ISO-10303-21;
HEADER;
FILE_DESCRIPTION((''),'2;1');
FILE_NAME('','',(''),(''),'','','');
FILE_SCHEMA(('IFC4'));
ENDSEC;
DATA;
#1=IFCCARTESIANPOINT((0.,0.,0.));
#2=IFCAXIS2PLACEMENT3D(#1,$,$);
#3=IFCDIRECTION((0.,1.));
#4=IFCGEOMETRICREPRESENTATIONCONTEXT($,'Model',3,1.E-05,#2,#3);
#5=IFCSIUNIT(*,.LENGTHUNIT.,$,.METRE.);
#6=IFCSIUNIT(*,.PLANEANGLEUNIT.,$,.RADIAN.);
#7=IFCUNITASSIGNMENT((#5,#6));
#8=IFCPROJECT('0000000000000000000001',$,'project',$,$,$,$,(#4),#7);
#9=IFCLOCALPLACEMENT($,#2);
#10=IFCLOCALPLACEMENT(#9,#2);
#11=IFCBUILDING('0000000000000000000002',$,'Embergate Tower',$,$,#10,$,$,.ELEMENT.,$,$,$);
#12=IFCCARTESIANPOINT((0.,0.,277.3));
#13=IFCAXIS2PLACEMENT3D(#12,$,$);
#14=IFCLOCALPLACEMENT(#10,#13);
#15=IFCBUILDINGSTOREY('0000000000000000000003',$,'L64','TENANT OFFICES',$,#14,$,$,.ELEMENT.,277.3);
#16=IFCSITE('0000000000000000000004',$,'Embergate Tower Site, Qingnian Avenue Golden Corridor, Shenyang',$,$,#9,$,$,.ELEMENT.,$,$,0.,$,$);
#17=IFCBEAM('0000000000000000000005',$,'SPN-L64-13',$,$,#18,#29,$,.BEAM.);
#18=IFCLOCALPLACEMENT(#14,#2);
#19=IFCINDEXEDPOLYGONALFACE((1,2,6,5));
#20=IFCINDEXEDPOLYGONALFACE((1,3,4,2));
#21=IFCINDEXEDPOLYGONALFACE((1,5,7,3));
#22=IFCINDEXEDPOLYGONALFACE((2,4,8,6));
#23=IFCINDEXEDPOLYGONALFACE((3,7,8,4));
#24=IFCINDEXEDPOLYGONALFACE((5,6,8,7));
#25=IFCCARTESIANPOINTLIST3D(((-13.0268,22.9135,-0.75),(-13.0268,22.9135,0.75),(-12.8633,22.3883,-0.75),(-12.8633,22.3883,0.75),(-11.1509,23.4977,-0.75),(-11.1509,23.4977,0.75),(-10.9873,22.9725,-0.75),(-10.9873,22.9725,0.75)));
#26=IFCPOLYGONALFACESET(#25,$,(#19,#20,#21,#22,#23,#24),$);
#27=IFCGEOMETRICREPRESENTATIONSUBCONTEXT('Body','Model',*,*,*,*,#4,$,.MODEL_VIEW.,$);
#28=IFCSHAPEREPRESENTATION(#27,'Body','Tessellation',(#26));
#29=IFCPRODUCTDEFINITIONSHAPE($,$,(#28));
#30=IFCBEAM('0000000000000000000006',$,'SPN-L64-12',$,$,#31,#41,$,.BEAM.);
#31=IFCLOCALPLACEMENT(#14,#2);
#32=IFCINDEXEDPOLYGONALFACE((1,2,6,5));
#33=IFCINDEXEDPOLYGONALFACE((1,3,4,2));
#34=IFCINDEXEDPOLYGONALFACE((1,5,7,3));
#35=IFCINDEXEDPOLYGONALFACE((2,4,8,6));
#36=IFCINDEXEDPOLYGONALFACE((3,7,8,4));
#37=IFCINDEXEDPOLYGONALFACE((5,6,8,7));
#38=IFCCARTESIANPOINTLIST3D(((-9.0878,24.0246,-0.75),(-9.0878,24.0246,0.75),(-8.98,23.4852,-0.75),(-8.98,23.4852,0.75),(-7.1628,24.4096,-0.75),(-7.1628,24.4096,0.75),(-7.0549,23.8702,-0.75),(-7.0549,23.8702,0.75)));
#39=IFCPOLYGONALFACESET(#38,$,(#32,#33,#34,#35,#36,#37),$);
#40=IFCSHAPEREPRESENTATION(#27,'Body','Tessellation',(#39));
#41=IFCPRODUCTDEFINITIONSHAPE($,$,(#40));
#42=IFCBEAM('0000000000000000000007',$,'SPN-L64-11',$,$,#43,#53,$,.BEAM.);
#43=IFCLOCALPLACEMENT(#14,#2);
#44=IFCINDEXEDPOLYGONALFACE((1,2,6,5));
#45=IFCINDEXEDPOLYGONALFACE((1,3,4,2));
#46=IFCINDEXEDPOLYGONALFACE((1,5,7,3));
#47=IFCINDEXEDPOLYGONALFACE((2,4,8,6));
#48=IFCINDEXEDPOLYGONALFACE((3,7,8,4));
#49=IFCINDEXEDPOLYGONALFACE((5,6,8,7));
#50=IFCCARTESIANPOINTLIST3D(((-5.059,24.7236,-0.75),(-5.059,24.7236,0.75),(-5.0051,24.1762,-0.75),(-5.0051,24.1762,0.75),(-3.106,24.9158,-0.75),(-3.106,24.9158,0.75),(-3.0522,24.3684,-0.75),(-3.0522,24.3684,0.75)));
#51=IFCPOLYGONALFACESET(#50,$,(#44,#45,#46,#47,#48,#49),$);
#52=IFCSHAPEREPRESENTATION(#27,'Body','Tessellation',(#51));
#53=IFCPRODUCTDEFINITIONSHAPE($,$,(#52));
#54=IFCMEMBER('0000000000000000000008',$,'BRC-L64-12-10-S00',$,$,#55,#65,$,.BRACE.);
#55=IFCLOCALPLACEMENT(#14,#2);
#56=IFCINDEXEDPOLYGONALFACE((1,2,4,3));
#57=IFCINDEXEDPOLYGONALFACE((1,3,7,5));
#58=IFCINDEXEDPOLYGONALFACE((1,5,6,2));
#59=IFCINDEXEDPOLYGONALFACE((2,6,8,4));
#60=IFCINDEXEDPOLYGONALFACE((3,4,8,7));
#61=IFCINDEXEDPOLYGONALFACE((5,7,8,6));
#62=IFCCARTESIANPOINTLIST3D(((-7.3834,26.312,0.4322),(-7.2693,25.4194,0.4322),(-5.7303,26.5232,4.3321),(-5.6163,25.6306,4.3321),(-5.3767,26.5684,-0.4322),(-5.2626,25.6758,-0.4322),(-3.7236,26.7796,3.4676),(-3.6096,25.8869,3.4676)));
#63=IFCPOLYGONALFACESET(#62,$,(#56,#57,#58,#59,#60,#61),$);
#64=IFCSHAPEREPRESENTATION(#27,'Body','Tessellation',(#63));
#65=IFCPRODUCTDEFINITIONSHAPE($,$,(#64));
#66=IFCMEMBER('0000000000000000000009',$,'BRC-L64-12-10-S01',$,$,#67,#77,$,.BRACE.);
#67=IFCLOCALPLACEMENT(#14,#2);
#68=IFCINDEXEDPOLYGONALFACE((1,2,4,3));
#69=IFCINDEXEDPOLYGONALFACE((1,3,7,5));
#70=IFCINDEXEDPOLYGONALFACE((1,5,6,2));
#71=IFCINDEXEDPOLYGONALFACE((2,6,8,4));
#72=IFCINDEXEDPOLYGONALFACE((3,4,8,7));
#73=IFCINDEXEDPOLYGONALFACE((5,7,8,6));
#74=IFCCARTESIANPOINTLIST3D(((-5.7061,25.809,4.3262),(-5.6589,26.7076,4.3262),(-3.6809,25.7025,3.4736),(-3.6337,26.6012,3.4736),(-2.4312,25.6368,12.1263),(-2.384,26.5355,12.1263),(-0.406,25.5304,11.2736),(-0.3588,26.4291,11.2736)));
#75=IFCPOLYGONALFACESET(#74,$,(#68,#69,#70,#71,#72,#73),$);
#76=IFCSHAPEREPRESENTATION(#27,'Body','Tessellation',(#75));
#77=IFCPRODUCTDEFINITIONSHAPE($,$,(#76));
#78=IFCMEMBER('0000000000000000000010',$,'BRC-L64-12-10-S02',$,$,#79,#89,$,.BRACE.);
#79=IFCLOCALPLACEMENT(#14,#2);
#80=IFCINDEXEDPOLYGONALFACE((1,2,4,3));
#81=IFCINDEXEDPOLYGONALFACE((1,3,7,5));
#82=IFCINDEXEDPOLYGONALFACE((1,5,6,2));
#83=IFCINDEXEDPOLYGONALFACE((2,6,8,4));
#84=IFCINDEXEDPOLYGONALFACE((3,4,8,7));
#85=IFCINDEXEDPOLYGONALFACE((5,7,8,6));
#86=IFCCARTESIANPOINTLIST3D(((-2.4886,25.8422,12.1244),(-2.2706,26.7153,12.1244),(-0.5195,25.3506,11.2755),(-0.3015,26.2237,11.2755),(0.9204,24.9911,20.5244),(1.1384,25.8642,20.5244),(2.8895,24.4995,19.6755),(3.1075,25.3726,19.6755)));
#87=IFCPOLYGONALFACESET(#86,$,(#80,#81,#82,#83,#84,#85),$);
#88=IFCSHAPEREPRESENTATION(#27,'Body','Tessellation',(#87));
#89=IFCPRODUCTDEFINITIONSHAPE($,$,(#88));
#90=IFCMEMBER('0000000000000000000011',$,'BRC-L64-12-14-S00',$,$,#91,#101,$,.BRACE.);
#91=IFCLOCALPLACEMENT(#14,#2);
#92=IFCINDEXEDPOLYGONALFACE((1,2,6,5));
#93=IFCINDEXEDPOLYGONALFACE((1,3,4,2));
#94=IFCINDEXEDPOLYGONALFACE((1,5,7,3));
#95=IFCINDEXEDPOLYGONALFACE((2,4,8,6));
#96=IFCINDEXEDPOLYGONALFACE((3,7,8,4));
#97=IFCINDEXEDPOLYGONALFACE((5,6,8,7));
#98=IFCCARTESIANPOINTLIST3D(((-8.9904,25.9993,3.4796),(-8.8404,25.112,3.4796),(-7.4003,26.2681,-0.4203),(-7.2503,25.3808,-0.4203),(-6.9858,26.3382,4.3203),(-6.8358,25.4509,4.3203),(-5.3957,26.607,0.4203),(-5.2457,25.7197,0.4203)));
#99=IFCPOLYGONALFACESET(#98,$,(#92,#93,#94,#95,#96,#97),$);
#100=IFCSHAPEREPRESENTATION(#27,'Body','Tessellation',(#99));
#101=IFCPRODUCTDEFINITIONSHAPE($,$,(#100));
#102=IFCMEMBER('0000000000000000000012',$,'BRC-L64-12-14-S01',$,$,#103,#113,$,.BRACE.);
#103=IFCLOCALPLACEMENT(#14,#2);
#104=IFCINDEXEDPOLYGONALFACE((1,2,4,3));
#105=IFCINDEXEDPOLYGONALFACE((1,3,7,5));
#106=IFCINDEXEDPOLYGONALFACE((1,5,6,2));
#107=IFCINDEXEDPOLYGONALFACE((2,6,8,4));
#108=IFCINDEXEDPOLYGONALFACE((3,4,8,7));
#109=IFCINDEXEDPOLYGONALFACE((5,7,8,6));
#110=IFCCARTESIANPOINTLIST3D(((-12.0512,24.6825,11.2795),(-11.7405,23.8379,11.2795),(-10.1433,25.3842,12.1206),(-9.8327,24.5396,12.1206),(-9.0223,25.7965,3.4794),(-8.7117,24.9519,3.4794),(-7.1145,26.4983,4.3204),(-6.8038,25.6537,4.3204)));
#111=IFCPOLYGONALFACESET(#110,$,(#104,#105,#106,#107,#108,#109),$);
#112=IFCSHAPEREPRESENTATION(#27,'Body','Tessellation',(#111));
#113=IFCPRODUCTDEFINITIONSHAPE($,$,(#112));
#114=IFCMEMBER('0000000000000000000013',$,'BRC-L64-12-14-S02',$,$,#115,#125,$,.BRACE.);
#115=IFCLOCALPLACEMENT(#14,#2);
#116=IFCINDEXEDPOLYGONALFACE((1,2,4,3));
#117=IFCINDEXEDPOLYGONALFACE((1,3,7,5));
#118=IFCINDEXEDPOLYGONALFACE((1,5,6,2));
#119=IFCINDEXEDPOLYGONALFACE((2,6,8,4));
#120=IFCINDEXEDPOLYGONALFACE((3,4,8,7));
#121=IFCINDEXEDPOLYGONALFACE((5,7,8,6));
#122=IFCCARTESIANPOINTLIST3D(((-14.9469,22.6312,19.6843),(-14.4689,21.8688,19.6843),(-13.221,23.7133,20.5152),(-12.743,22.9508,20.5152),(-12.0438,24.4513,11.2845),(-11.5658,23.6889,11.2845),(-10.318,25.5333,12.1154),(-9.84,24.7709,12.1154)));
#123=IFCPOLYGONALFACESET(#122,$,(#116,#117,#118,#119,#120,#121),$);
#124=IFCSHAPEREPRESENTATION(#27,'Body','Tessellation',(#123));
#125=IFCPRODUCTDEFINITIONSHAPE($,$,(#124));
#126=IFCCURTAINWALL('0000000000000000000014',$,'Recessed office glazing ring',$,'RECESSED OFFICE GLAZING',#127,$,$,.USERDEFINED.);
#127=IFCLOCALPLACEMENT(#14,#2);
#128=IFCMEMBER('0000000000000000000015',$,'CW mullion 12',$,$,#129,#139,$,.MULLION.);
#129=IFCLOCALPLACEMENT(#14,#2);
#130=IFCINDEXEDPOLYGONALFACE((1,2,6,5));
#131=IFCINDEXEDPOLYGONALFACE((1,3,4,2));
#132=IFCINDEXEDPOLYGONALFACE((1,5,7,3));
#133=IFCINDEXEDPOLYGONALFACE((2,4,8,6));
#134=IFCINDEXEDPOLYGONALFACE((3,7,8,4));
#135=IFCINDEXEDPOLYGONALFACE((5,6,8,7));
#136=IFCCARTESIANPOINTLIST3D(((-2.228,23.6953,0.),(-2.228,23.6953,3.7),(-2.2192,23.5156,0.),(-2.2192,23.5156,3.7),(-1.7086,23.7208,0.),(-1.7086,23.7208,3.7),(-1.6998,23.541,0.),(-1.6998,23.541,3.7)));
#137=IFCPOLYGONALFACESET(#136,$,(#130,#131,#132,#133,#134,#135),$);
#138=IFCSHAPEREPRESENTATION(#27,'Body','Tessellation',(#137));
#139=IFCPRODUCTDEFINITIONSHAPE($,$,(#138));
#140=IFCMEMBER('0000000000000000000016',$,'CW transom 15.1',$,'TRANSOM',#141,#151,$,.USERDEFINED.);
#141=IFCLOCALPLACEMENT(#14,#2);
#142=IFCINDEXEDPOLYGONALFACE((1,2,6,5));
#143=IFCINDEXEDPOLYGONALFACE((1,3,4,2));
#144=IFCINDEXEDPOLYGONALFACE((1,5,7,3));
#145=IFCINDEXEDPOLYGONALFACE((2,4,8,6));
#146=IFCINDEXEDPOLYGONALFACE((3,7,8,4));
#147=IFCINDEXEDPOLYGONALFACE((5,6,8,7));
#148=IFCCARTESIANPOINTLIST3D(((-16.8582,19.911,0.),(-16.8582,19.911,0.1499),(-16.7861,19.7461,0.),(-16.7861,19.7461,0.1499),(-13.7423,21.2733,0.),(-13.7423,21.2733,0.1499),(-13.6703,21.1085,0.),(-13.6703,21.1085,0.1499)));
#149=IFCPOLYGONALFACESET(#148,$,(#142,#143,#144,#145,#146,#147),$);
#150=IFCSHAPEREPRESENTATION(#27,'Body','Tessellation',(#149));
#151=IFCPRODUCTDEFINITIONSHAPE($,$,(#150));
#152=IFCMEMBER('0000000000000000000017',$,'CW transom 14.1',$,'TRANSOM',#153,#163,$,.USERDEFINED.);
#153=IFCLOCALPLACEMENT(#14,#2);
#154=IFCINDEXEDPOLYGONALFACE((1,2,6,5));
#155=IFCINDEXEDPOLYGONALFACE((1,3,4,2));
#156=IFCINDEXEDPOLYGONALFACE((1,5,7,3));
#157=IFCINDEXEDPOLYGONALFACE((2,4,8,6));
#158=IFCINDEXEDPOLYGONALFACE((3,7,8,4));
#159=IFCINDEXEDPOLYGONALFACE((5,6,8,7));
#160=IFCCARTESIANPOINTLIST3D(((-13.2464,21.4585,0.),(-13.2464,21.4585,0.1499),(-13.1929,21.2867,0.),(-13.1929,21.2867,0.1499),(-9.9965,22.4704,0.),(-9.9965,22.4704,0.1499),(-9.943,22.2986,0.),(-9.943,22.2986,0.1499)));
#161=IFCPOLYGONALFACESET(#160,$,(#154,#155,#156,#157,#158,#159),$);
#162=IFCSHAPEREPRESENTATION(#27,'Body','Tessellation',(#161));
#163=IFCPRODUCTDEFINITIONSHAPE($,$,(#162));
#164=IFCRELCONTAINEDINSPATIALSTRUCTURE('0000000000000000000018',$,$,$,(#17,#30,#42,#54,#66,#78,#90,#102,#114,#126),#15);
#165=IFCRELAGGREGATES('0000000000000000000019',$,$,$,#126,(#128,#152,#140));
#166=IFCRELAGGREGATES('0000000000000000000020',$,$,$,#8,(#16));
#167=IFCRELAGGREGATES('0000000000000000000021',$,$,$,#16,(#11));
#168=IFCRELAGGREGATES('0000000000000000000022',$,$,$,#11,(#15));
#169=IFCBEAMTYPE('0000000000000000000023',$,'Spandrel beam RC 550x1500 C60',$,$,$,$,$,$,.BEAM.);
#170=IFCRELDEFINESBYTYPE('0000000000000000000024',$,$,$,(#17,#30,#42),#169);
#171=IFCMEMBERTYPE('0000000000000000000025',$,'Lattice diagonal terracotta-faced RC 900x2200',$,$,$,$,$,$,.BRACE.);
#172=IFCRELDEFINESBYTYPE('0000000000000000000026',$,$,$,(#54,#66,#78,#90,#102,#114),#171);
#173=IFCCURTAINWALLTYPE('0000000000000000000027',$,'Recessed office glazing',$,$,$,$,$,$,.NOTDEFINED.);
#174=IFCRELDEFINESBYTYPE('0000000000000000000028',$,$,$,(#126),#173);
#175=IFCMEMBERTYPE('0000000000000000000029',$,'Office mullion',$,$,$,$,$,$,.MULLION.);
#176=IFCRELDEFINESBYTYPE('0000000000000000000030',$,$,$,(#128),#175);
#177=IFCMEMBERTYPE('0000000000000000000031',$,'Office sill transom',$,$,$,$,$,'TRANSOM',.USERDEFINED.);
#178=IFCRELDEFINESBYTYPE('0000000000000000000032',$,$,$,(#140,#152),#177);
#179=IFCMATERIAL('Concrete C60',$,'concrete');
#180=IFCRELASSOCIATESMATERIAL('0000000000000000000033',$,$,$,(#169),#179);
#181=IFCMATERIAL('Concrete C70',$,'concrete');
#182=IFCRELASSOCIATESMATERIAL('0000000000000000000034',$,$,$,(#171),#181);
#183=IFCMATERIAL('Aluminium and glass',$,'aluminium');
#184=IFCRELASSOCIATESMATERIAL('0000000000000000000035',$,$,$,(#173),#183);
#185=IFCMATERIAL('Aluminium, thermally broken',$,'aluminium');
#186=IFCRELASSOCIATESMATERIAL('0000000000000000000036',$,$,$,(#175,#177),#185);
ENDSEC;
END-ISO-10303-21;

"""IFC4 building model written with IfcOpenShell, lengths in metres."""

from ifc_helpers import new_model, si_unit, direction, frame, origin, origin_2d, place, context, subcontext, project, spatial, rectangle, extrude, source, transform, mapped, material, material_profile, profile_set, type_object, element, aggregate, save


model = new_model("IFC4")

# Units and contexts
model_context = context("Model", 3, precision=1e-05, world=origin(), true_north=direction((0.0, 1.0)))
body_context = subcontext(model_context, "Body", "Model", "MODEL_VIEW")
ifc_project = project(units=[si_unit("LENGTHUNIT", "METRE"), si_unit("PLANEANGLEUNIT", "RADIAN")], contexts=[model_context])

# Site, building, storey
site_placement = place(None, origin())
site = spatial("IfcSite", under=ifc_project, at=site_placement, Name="Embergate Tower Site, Qingnian Avenue Golden Corridor, Shenyang", CompositionType="ELEMENT", RefElevation=0.0)
building_placement = place(site_placement, origin())
building = spatial("IfcBuilding", under=site, at=building_placement, Name="Embergate Tower", CompositionType="ELEMENT")
storey_placement = place(building_placement, frame((0.0, 0.0, 277.3)))
storey = spatial("IfcBuildingStorey", under=building, at=storey_placement, Name="L64", Description="TENANT OFFICES", CompositionType="ELEMENT", Elevation=277.3)

# Beams
ifc_material_1 = material(Name="Concrete C60", Category="concrete")
ifc_material_profile_1 = material_profile(ifc_material_1, rectangle(XDim=0.55, YDim=1.5, at=origin_2d()), Name="RC 550x1500")
ifc_profile_set_1 = profile_set([ifc_material_profile_1], Name="Concrete C60")
beam_type = type_object("IfcBeamType", Name="Spandrel beam RC 550x1500 C60", PredefinedType="BEAM", material=ifc_profile_set_1)
shared_shape_1 = source(origin(), body_context, "Body", "SweptSolid", [
    extrude(rectangle(XDim=0.55, YDim=1.5, at=origin_2d()), origin(), (0.0, 0.0, 1.0), 1.9648),
])
beam_1_placement = place(storey_placement, frame((-11.0691, 23.2351, 0.0), z_axis=(-0.954771, -0.297341, 0.0), x_axis=(0.297341, -0.954771, 0.0)))
element("IfcBeam", 1, at=beam_1_placement, inside=storey, type_object=beam_type, Name="SPN-L64-13", PredefinedType="BEAM", context=body_context, shape_type="MappedRepresentation", body=[
    mapped(shared_shape_1, transform((0.0, 0.0, 0.0))),
])
shared_shape_2 = source(origin(), body_context, "Body", "SweptSolid", [
    extrude(rectangle(XDim=0.55, YDim=1.5, at=origin_2d()), origin(), (0.0, 0.0, 1.0), 1.9631),
])
beam_2_placement = place(storey_placement, frame((-7.1089, 24.1399, 0.0), z_axis=(-0.980581, -0.196116, 0.0), x_axis=(0.196116, -0.980581, 0.0)))
element("IfcBeam", 2, at=beam_2_placement, inside=storey, type_object=beam_type, Name="SPN-L64-12", PredefinedType="BEAM", context=body_context, shape_type="MappedRepresentation", body=[
    mapped(shared_shape_2, transform((0.0, 0.0, 0.0))),
])
shared_shape_3 = source(origin(), body_context, "Body", "SweptSolid", [
    extrude(rectangle(XDim=0.55, YDim=1.5, at=origin_2d()), origin(), (0.0, 0.0, 1.0), 1.9624),
])
beam_3_placement = place(storey_placement, frame((-3.0791, 24.6421, 0.0), z_axis=(-0.995195, -0.097915, 0.0), x_axis=(0.097915, -0.995195, 0.0)))
element("IfcBeam", 3, at=beam_3_placement, inside=storey, type_object=beam_type, Name="SPN-L64-11", PredefinedType="BEAM", context=body_context, shape_type="MappedRepresentation", body=[
    mapped(shared_shape_3, transform((0.0, 0.0, 0.0))),
])

# Members
ifc_material_2 = material(Name="Concrete C70", Category="concrete")
ifc_material_profile_2 = material_profile(ifc_material_2, rectangle(XDim=0.8999, YDim=2.2, at=origin_2d()), Name="RC 900x2200")
ifc_profile_set_2 = profile_set([ifc_material_profile_2], Name="Concrete C70")
member_type_1 = type_object("IfcMemberType", Name="Lattice diagonal terracotta-faced RC 900x2200", PredefinedType="BRACE", material=ifc_profile_set_2)
shared_shape_4 = source(origin(), body_context, "Body", "SweptSolid", [
    extrude(rectangle(XDim=0.8999, YDim=2.2, at=origin_2d()), origin(), (0.0, 0.0, 1.0), 4.241),
])
member_1_placement = place(storey_placement, frame((-6.323, 25.9939, 0.0), z_axis=(0.38978, 0.049795, 0.919561), x_axis=(-0.126721, 0.991938, 0.0)))
element("IfcMember", 4, at=member_1_placement, inside=storey, type_object=member_type_1, Name="BRC-L64-12-10-S00", PredefinedType="BRACE", context=body_context, shape_type="MappedRepresentation", body=[
    mapped(shared_shape_4, transform((0.0, 0.0, 0.0))),
])
shared_shape_5 = source(origin(), body_context, "Body", "SweptSolid", [
    extrude(rectangle(XDim=0.8999, YDim=2.2, at=origin_2d()), origin(), (0.0, 0.0, 1.0), 8.4614),
])
member_2_placement = place(storey_placement, frame((-4.6699, 26.2051, 3.8999), z_axis=(0.38704, -0.020342, 0.921839), x_axis=(0.052485, 0.998622, 0.0)))
element("IfcMember", 5, at=member_2_placement, inside=storey, type_object=member_type_1, Name="BRC-L64-12-10-S01", PredefinedType="BRACE", context=body_context, shape_type="MappedRepresentation", body=[
    mapped(shared_shape_5, transform((0.0, 0.0, 0.0))),
])
shared_shape_6 = source(origin(), body_context, "Body", "SweptSolid", [
    extrude(rectangle(XDim=0.8999, YDim=2.2, at=origin_2d()), origin(), (0.0, 0.0, 1.0), 9.1052),
])
member_3_placement = place(storey_placement, frame((-1.395, 26.033, 11.7), z_axis=(0.374397, -0.093472, 0.922545), x_axis=(0.242225, 0.97022, 0.0)))
element("IfcMember", 6, at=member_3_placement, inside=storey, type_object=member_type_1, Name="BRC-L64-12-10-S02", PredefinedType="BRACE", context=body_context, shape_type="MappedRepresentation", body=[
    mapped(shared_shape_6, transform((0.0, 0.0, 0.0))),
])
shared_shape_7 = source(origin(), body_context, "Body", "SweptSolid", [
    extrude(rectangle(XDim=0.8999, YDim=2.2, at=origin_2d()), origin(), (0.0, 0.0, 1.0), 4.2202),
])
member_4_placement = place(storey_placement, frame((-6.323, 25.9939, 0.0), z_axis=(-0.376783, -0.063694, 0.924109), x_axis=(0.166682, -0.986011, 0.0)))
element("IfcMember", 7, at=member_4_placement, inside=storey, type_object=member_type_1, Name="BRC-L64-12-14-S00", PredefinedType="BRACE", context=body_context, shape_type="MappedRepresentation", body=[
    mapped(shared_shape_7, transform((0.0, 0.0, 0.0))),
])
shared_shape_8 = source(origin(), body_context, "Body", "SweptSolid", [
    extrude(rectangle(XDim=0.8999, YDim=2.2, at=origin_2d()), origin(), (0.0, 0.0, 1.0), 8.4414),
])
member_5_placement = place(storey_placement, frame((-7.9131, 25.7251, 3.8999), z_axis=(-0.358809, -0.131972, 0.924035), x_axis=(0.345197, -0.93853, 0.0)))
element("IfcMember", 8, at=member_5_placement, inside=storey, type_object=member_type_1, Name="BRC-L64-12-14-S01", PredefinedType="BRACE", context=body_context, shape_type="MappedRepresentation", body=[
    mapped(shared_shape_8, transform((0.0, 0.0, 0.0))),
])
shared_shape_9 = source(origin(), body_context, "Body", "SweptSolid", [
    extrude(rectangle(XDim=0.8999, YDim=2.2, at=origin_2d()), origin(), (0.0, 0.0, 1.0), 9.0718),
])
member_6_placement = place(storey_placement, frame((-10.9419, 24.6111, 11.7), z_axis=(-0.320009, -0.200628, 0.925928), x_axis=(0.531183, -0.847257, 0.0)))
element("IfcMember", 9, at=member_6_placement, inside=storey, type_object=member_type_1, Name="BRC-L64-12-14-S02", PredefinedType="BRACE", context=body_context, shape_type="MappedRepresentation", body=[
    mapped(shared_shape_9, transform((0.0, 0.0, 0.0))),
])

# Curtain wall, members
ifc_material_3 = material(Name="Aluminium and glass", Category="aluminium")
curtain_wall_type = type_object("IfcCurtainWallType", Name="Recessed office glazing", PredefinedType="NOTDEFINED", material=ifc_material_3)
curtain_wall_placement = place(storey_placement, origin())
curtain_wall = element("IfcCurtainWall", 10, at=curtain_wall_placement, inside=storey, type_object=curtain_wall_type, Name="Recessed office glazing ring", ObjectType="RECESSED OFFICE GLAZING", PredefinedType="USERDEFINED")
ifc_material_4 = material(Name="Aluminium, thermally broken", Category="aluminium")
ifc_material_profile_3 = material_profile(ifc_material_4, rectangle(XDim=0.1799, YDim=0.52, at=origin_2d()), Name="AL 520x180")
ifc_profile_set_3 = profile_set([ifc_material_profile_3], Name="Aluminium, thermally broken")
member_type_2 = type_object("IfcMemberType", Name="Office mullion", PredefinedType="MULLION", material=ifc_profile_set_3)
shared_shape_10 = source(origin(), body_context, "Body", "SweptSolid", [
    extrude(rectangle(XDim=0.1799, YDim=0.52, at=origin_2d()), origin(), (0.0, 0.0, 1.0), 3.7),
])
member_7_placement = place(storey_placement, frame((-1.9639, 23.6182, 0.0), z_axis=(0.0, 0.0, 1.0), x_axis=(0.04897, -0.9988, 0.0)))
member_7 = element("IfcMember", 11, at=member_7_placement, type_object=member_type_2, Name="CW mullion 12", PredefinedType="MULLION", context=body_context, shape_type="MappedRepresentation", body=[
    mapped(shared_shape_10, transform((0.0, 0.0, 0.0))),
])
ifc_material_profile_4 = material_profile(ifc_material_4, rectangle(XDim=0.1799, YDim=0.1499, at=origin_2d()), Name="AL 150x180")
ifc_profile_set_4 = profile_set([ifc_material_profile_4], Name="Aluminium, thermally broken")
member_type_3 = type_object("IfcMemberType", Name="Office sill transom", ElementType="TRANSOM", PredefinedType="USERDEFINED", material=ifc_profile_set_4)
shared_shape_11 = source(origin(), body_context, "Body", "SweptSolid", [
    extrude(rectangle(XDim=0.1799, YDim=0.1499, at=origin_2d()), origin(), (0.0, 0.0, 1.0), 3.4006),
])
member_8_placement = place(storey_placement, frame((-13.7063, 21.1909, 0.075), z_axis=(-0.916246, -0.400615, 0.0), x_axis=(0.400615, -0.916246, 0.0)))
member_8 = element("IfcMember", 12, at=member_8_placement, type_object=member_type_3, Name="CW transom 15.1", ObjectType="TRANSOM", PredefinedType="USERDEFINED", context=body_context, shape_type="MappedRepresentation", body=[
    mapped(shared_shape_11, transform((0.0, 0.0, 0.0))),
])
shared_shape_12 = source(origin(), body_context, "Body", "SweptSolid", [
    extrude(rectangle(XDim=0.1799, YDim=0.1499, at=origin_2d()), origin(), (0.0, 0.0, 1.0), 3.4038),
])
member_9_placement = place(storey_placement, frame((-9.9697, 22.3845, 0.075), z_axis=(-0.954786, -0.297295, 0.0), x_axis=(0.297295, -0.954786, 0.0)))
member_9 = element("IfcMember", 13, at=member_9_placement, type_object=member_type_3, Name="CW transom 14.1", ObjectType="TRANSOM", PredefinedType="USERDEFINED", context=body_context, shape_type="MappedRepresentation", body=[
    mapped(shared_shape_12, transform((0.0, 0.0, 0.0))),
])
aggregate(curtain_wall, [member_7, member_9, member_8])

save(model, "model.ifc")
